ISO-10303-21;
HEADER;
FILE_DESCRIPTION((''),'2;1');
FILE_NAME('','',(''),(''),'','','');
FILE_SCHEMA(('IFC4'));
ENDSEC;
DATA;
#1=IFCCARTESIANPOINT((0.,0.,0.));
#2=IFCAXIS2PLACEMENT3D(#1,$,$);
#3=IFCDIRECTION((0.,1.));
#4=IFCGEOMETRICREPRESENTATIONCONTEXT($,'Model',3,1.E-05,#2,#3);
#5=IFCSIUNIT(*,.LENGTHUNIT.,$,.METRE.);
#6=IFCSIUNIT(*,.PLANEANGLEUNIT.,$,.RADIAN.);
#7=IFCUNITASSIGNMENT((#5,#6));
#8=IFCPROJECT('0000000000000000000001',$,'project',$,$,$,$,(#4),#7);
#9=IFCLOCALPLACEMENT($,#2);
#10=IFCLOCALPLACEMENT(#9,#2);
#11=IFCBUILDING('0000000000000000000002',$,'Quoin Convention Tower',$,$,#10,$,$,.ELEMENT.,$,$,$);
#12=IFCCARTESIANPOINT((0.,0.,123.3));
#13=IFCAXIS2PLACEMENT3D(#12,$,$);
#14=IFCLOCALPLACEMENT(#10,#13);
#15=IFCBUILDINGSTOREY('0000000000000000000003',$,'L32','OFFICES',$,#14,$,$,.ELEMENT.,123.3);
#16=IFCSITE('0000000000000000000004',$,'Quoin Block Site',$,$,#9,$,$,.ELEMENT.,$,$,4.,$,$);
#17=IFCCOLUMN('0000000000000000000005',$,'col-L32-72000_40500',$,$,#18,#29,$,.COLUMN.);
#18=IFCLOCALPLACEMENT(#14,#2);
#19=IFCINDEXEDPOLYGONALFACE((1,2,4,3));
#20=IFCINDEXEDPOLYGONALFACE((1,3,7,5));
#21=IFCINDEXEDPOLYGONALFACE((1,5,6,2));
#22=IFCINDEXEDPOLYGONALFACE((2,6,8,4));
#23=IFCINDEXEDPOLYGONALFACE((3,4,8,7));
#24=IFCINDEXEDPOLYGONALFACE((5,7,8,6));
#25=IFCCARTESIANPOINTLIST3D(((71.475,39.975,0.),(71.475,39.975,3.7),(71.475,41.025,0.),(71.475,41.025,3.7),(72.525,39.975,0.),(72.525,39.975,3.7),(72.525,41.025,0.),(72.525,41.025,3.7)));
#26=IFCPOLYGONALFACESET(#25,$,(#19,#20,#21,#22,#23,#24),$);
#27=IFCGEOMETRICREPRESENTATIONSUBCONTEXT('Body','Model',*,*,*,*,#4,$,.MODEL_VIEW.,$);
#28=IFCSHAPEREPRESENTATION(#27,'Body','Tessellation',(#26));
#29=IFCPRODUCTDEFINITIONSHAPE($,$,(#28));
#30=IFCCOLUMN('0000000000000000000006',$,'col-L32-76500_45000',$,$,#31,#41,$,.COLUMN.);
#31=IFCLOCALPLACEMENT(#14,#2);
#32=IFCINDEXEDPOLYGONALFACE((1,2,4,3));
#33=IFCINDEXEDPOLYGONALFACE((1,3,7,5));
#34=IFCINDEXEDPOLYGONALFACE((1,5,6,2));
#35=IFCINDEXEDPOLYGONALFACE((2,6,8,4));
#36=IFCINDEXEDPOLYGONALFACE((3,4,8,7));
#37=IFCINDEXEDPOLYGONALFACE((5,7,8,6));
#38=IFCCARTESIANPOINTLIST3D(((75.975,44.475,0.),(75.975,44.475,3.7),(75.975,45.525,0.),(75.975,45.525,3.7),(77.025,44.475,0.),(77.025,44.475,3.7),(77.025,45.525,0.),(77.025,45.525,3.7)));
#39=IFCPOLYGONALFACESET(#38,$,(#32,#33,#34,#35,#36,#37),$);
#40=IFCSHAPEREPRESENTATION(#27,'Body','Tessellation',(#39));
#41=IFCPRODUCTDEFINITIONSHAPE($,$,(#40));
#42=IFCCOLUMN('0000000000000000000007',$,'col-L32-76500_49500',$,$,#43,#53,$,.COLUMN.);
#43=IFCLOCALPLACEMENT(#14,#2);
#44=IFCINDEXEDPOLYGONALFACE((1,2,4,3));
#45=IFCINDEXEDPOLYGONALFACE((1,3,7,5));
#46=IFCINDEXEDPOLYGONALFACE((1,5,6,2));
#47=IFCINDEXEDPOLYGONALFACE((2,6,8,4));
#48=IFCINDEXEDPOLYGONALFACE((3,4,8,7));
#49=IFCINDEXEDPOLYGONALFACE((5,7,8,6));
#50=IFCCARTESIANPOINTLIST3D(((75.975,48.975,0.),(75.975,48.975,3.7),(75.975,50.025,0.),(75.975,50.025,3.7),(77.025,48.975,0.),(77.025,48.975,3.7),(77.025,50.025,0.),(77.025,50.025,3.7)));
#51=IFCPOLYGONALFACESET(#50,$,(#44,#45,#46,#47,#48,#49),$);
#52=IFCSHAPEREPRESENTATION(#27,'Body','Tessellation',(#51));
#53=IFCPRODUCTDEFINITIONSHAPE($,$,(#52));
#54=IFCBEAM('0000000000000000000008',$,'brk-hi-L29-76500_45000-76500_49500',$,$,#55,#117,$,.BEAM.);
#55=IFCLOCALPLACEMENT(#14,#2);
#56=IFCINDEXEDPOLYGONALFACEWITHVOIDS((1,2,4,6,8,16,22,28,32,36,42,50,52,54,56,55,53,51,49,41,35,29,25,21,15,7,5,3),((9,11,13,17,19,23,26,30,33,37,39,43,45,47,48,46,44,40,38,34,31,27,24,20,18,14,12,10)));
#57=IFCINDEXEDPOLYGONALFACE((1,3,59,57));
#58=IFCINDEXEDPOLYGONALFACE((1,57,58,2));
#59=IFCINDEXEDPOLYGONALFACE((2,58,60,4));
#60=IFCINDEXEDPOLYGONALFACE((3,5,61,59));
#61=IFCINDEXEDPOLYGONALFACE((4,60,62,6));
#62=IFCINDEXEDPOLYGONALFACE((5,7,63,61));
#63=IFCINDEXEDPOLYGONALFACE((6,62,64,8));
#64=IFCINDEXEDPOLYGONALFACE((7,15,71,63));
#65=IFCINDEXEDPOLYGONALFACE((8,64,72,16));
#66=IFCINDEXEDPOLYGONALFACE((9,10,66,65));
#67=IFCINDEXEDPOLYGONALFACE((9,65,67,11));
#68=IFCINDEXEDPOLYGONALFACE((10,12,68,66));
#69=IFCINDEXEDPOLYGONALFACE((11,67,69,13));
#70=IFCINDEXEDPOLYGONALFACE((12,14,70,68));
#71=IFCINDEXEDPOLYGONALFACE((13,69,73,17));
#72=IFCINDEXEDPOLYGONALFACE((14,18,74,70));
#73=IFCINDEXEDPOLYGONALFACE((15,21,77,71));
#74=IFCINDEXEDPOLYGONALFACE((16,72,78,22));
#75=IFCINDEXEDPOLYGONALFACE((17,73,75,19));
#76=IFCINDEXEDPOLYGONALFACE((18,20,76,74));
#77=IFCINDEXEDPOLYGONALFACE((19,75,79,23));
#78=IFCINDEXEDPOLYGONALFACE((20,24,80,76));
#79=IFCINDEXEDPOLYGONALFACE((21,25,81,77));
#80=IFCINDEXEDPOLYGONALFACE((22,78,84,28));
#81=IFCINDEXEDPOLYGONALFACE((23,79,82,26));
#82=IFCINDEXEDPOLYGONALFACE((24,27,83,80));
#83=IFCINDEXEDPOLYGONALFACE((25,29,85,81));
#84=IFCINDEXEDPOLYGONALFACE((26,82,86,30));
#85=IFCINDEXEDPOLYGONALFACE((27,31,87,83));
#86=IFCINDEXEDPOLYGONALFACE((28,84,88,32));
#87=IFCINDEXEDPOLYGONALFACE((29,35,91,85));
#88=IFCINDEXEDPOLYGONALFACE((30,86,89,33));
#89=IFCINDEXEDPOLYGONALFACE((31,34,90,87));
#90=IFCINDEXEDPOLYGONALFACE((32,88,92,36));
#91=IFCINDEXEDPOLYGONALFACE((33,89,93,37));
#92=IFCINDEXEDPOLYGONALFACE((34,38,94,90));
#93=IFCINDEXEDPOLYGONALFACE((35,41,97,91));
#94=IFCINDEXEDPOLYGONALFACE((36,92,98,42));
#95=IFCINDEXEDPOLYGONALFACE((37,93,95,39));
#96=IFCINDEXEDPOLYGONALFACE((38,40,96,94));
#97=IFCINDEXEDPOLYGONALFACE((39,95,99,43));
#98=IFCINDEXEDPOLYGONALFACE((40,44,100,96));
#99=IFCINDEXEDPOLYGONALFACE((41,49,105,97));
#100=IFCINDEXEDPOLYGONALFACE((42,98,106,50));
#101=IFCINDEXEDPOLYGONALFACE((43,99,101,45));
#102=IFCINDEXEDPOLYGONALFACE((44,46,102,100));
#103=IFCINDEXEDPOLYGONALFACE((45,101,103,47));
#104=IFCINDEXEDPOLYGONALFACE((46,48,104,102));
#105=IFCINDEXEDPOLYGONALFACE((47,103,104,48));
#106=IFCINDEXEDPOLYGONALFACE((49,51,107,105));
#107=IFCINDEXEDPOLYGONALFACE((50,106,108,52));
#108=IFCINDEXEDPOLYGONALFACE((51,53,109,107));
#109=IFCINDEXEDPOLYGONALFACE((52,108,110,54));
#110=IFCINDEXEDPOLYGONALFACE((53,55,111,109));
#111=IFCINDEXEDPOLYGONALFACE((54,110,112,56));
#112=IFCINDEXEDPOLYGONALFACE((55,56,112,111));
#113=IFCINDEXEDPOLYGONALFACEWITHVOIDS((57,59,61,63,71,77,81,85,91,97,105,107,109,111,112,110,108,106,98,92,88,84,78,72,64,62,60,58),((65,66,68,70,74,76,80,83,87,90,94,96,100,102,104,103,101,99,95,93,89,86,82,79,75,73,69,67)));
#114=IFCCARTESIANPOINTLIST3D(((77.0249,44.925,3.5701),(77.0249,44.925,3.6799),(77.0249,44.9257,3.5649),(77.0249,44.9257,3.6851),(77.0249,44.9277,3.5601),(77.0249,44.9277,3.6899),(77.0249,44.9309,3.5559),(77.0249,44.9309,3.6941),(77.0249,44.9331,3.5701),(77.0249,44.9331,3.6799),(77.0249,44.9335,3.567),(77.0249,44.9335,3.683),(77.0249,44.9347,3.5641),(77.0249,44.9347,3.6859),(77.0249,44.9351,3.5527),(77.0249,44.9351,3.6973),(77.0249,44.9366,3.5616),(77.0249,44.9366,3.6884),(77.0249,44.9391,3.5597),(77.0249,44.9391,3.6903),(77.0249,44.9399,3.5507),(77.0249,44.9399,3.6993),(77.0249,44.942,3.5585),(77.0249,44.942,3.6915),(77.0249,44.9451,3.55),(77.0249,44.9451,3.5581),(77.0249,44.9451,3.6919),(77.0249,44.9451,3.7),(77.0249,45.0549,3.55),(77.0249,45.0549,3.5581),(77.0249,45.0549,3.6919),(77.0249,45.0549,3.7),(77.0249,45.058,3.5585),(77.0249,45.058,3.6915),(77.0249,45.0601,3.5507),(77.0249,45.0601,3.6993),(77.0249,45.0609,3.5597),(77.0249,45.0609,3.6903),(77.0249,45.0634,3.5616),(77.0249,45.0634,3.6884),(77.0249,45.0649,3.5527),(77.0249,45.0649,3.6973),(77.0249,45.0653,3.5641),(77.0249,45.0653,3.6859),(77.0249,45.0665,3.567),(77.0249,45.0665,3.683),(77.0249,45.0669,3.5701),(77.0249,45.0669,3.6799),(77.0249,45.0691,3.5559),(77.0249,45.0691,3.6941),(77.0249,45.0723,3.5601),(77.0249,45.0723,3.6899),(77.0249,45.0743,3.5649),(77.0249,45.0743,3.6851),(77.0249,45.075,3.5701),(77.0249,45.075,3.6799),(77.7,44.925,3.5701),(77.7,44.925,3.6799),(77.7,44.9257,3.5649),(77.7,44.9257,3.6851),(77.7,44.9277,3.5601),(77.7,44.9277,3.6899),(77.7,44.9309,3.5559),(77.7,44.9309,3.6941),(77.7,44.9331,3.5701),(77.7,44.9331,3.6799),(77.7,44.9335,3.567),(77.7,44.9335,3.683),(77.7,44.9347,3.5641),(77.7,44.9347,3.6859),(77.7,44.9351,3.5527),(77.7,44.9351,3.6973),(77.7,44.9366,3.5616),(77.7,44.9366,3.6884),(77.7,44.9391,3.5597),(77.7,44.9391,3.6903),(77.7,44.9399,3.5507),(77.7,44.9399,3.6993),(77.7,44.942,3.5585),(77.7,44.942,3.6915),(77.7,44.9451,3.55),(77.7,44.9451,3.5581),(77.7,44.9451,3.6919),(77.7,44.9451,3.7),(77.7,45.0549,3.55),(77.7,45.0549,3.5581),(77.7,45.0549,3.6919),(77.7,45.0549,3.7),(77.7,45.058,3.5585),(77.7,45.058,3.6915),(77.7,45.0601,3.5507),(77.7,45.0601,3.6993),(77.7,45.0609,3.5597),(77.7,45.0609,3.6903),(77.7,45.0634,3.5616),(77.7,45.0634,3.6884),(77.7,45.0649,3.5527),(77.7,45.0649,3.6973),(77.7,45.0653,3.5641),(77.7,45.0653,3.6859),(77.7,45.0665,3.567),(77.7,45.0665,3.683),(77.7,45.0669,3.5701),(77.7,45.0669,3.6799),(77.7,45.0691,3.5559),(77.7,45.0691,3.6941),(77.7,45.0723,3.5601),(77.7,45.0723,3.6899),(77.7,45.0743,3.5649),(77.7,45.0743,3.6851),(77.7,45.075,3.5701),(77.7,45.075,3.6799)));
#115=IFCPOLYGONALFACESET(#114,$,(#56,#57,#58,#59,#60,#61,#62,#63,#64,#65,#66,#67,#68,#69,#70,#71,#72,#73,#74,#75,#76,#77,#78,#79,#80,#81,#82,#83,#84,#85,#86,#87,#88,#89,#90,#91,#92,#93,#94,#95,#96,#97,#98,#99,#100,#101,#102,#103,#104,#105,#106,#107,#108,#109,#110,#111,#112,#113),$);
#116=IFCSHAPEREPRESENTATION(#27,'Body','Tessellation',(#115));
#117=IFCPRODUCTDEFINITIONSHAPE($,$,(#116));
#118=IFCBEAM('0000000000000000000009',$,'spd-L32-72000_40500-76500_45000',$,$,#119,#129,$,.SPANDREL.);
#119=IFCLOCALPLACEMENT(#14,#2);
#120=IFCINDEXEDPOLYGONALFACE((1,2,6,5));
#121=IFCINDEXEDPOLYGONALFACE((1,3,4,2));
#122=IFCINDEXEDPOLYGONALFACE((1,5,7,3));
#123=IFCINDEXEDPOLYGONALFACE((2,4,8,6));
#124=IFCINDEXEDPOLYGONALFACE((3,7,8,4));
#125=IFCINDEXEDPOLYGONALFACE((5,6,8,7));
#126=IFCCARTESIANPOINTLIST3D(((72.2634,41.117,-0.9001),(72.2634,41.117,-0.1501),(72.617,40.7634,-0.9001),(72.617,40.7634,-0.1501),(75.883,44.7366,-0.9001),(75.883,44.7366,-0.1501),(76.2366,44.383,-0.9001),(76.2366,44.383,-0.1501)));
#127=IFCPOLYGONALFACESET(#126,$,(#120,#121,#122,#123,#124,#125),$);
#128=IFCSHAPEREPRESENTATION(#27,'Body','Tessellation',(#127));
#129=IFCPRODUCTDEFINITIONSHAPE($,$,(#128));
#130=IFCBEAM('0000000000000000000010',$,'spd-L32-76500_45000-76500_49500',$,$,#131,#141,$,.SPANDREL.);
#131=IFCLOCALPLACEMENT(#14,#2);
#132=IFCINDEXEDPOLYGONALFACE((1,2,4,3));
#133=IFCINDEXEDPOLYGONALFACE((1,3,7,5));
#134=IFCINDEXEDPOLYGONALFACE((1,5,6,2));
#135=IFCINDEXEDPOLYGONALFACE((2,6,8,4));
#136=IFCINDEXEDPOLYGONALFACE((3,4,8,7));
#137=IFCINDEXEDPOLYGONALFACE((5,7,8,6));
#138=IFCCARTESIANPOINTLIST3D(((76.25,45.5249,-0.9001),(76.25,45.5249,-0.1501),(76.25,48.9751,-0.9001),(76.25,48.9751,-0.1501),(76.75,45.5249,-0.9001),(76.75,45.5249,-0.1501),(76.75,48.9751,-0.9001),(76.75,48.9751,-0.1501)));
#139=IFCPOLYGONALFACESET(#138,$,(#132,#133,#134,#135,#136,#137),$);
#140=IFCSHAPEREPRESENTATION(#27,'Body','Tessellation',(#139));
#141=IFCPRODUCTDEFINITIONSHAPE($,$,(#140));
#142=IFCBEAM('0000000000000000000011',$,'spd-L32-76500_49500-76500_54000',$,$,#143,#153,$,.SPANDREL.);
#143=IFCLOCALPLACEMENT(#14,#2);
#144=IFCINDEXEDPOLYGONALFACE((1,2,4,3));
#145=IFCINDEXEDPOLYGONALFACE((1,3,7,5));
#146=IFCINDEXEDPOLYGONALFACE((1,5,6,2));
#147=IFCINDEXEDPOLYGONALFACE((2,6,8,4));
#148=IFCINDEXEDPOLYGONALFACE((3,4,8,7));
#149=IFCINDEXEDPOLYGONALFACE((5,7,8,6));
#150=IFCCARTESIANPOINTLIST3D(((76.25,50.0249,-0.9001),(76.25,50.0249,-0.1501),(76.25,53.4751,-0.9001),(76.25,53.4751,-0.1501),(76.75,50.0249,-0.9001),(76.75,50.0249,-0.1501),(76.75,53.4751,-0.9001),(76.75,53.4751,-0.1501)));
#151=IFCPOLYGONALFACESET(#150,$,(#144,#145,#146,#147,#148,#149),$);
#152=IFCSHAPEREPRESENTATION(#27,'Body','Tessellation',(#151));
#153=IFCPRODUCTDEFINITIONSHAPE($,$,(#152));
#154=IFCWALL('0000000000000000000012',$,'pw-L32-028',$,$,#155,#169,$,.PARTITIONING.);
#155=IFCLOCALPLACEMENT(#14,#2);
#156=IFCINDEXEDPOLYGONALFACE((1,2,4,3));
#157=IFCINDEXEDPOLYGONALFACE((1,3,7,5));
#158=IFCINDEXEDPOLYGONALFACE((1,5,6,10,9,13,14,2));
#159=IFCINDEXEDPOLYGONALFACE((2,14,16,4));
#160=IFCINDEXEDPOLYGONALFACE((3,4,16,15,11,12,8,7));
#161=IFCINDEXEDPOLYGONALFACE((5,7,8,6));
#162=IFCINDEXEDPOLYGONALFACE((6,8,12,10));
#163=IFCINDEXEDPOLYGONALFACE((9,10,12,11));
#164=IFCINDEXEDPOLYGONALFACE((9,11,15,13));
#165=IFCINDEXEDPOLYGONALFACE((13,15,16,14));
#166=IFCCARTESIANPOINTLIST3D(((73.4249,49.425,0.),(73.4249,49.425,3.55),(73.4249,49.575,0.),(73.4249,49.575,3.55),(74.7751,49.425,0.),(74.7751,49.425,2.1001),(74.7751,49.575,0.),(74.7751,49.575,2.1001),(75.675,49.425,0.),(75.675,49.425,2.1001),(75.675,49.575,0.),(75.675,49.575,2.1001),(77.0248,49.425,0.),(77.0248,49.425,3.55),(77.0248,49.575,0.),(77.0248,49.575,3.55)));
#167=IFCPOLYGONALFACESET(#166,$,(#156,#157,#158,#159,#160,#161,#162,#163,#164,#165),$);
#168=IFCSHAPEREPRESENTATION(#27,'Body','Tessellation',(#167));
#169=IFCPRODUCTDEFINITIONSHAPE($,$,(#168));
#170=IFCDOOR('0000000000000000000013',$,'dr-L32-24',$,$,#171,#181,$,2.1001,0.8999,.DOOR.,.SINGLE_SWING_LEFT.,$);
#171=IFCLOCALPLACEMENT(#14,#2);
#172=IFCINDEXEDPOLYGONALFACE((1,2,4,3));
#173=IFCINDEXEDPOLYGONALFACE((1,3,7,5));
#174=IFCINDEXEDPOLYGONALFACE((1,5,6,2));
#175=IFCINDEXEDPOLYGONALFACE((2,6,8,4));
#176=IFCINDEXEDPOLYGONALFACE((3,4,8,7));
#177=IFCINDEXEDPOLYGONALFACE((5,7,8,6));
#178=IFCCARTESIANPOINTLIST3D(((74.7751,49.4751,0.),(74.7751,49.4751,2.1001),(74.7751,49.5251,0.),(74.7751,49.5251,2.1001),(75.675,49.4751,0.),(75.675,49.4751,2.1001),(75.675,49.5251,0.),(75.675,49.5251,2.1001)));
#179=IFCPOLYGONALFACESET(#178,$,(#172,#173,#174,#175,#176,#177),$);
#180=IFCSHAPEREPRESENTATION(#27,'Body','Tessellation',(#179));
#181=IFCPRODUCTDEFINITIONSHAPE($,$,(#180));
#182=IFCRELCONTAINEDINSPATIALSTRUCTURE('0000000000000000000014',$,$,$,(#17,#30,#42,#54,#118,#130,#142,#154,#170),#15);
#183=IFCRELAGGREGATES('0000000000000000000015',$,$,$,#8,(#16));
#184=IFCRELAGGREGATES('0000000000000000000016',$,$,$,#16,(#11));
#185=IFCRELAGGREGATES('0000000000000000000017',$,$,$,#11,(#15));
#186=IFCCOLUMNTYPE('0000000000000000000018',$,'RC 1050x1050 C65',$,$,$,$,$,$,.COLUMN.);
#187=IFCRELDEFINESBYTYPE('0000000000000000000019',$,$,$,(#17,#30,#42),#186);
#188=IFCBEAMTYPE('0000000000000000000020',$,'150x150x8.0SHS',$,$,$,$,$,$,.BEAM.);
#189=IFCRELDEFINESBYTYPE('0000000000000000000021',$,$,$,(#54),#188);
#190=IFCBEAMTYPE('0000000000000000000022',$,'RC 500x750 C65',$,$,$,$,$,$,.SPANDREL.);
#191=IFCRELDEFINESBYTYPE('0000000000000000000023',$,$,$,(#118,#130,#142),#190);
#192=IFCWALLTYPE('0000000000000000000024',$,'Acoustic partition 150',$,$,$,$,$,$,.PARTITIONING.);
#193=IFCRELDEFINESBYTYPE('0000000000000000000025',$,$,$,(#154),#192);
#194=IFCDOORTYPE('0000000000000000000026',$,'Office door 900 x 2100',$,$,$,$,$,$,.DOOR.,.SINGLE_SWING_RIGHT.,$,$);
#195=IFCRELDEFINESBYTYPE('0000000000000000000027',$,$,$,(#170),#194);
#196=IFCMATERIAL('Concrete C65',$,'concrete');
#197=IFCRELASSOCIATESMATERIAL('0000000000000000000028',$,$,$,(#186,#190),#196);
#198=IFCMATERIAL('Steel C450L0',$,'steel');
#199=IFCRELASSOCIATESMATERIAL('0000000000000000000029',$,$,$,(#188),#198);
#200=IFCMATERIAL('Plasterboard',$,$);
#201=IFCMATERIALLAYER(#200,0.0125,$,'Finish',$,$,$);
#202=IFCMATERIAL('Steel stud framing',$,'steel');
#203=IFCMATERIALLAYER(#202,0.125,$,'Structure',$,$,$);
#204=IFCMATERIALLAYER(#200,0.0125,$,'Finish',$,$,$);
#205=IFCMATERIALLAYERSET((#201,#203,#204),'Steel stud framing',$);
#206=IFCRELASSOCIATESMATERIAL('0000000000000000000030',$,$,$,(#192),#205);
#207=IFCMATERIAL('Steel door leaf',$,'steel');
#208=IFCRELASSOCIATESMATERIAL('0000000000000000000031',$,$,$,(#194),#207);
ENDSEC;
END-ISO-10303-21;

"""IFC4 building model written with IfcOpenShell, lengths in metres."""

from ifc_helpers import new_model, si_unit, direction, frame, frame_2d, origin, origin_2d, place, context, subcontext, project, spatial, rectangle, hollow_rectangle, extrude, material, layer, layer_set, material_profile, profile_set, type_object, element, fill, save


model = new_model("IFC4")

# Units and contexts
model_context = context("Model", 3, precision=1e-05, world=origin(), true_north=direction((0.0, 1.0)))
body_context = subcontext(model_context, "Body", "Model", "MODEL_VIEW")
ifc_project = project(units=[si_unit("LENGTHUNIT", "METRE"), si_unit("PLANEANGLEUNIT", "RADIAN")], contexts=[model_context])

# Site, building, storey
site_placement = place(None, origin())
site = spatial("IfcSite", under=ifc_project, at=site_placement, Name="Quoin Block Site", CompositionType="ELEMENT", RefElevation=4.0)
building_placement = place(site_placement, origin())
building = spatial("IfcBuilding", under=site, at=building_placement, Name="Quoin Convention Tower", CompositionType="ELEMENT")
storey_placement = place(building_placement, frame((0.0, 0.0, 123.3)))
storey = spatial("IfcBuildingStorey", under=building, at=storey_placement, Name="L32", Description="OFFICES", CompositionType="ELEMENT", Elevation=123.3)

# Columns
ifc_material_1 = material(Name="Concrete C65", Category="concrete")
ifc_material_profile_1 = material_profile(ifc_material_1, rectangle(XDim=1.05, YDim=1.05, at=origin_2d()), Name="RC 1050x1050")
ifc_profile_set_1 = profile_set([ifc_material_profile_1], Name="Concrete C65")
column_type = type_object("IfcColumnType", Name="RC 1050x1050 C65", PredefinedType="COLUMN", material=ifc_profile_set_1)
for number, where, z_axis, x_axis, name in (
    (1, (72.0, 40.5, 0.0), (0.0, 0.0, 1.0), (1.0, 0.0, 0.0), "col-L32-72000_40500"),
    (2, (76.5, 45.0, 0.0), (0.0, 0.0, 1.0), (1.0, 0.0, 0.0), "col-L32-76500_45000"),
    (3, (76.5, 49.5, 0.0), (0.0, 0.0, 1.0), (1.0, 0.0, 0.0), "col-L32-76500_49500"),
):
    element("IfcColumn", number, at=place(storey_placement, frame(where, z_axis=z_axis, x_axis=x_axis)), inside=storey, type_object=column_type, Name=name, PredefinedType="COLUMN", context=body_context, shape_type="SweptSolid", body=[
        extrude(rectangle(XDim=1.05, YDim=1.05, at=origin_2d()), origin(), (0.0, 0.0, 1.0), 3.7),
    ])

# Beams
ifc_material_2 = material(Name="Steel C450L0", Category="steel")
ifc_material_profile_2 = material_profile(ifc_material_2, hollow_rectangle(XDim=0.1499, YDim=0.1499, WallThickness=0.0081, InnerFilletRadius=0.012, OuterFilletRadius=0.02, at=origin_2d()), Name="150x150x8.0SHS")
ifc_profile_set_2 = profile_set([ifc_material_profile_2], Name="Steel C450L0")
beam_type_1 = type_object("IfcBeamType", Name="150x150x8.0SHS", PredefinedType="BEAM", material=ifc_profile_set_2)
beam_1_placement = place(storey_placement, frame((77.0249, 45.0, 3.625), z_axis=(1.0, 0.0, 0.0), x_axis=(0.0, 1.0, 0.0)))
element("IfcBeam", 4, at=beam_1_placement, inside=storey, type_object=beam_type_1, Name="brk-hi-L29-76500_45000-76500_49500", PredefinedType="BEAM", context=body_context, shape_type="SweptSolid", body=[
    extrude(hollow_rectangle(XDim=0.1499, YDim=0.1499, WallThickness=0.0081, InnerFilletRadius=0.012, OuterFilletRadius=0.02, at=origin_2d()), origin(), (0.0, 0.0, 1.0), 0.675),
])
ifc_material_profile_3 = material_profile(ifc_material_1, rectangle(XDim=0.5, YDim=0.75, at=origin_2d()), Name="RC 500x750")
ifc_profile_set_3 = profile_set([ifc_material_profile_3], Name="Concrete C65")
beam_type_2 = type_object("IfcBeamType", Name="RC 500x750 C65", PredefinedType="SPANDREL", material=ifc_profile_set_3)
beam_2_placement = place(storey_placement, frame((72.4402, 40.9402, -0.5251), z_axis=(0.707107, 0.707107, 0.0), x_axis=(-0.707107, 0.707107, 0.0)))
element("IfcBeam", 5, at=beam_2_placement, inside=storey, type_object=beam_type_2, Name="spd-L32-72000_40500-76500_45000", PredefinedType="SPANDREL", context=body_context, shape_type="SweptSolid", body=[
    extrude(rectangle(XDim=0.5, YDim=0.75, at=origin_2d()), origin(), (0.0, 0.0, 1.0), 5.1189),
])
for number, where, z_axis, x_axis, name in (
    (6, (76.5, 45.5249, -0.5251), (0.0, 1.0, 0.0), (-1.0, 0.0, 0.0), "spd-L32-76500_45000-76500_49500"),
    (7, (76.5, 50.0249, -0.5251), (0.0, 1.0, 0.0), (-1.0, 0.0, 0.0), "spd-L32-76500_49500-76500_54000"),
):
    element("IfcBeam", number, at=place(storey_placement, frame(where, z_axis=z_axis, x_axis=x_axis)), inside=storey, type_object=beam_type_2, Name=name, PredefinedType="SPANDREL", context=body_context, shape_type="SweptSolid", body=[
        extrude(rectangle(XDim=0.5, YDim=0.75, at=origin_2d()), origin(), (0.0, 0.0, 1.0), 3.4502),
    ])

# Wall, opening, door
ifc_material_3 = material(Name="Plasterboard")
ifc_layer_1 = layer(ifc_material_3, 0.0125, Name="Finish")
ifc_material_4 = material(Name="Steel stud framing", Category="steel")
ifc_layer_2 = layer(ifc_material_4, 0.125, Name="Structure")
ifc_layer_3 = layer(ifc_material_3, 0.0125, Name="Finish")
ifc_layer_set_1 = layer_set([ifc_layer_1, ifc_layer_2, ifc_layer_3], Name="Steel stud framing")
wall_type_1 = type_object("IfcWallType", Name="Acoustic partition 150", PredefinedType="PARTITIONING", material=ifc_layer_set_1)
wall_1_placement = place(storey_placement, frame((73.425, 49.5, 0.0), z_axis=(0.0, 0.0, 1.0), x_axis=(1.0, 0.0, 0.0)))
wall_1 = element("IfcWall", 8, at=wall_1_placement, inside=storey, type_object=wall_type_1, Name="pw-L32-028", PredefinedType="PARTITIONING", context=body_context, shape_type="SweptSolid", body=[
    extrude(rectangle(XDim=3.5999, YDim=0.1499, at=frame_2d((1.7998, 0.0))), origin(), (0.0, 0.0, 1.0), 3.55),
])
opening_1_placement = place(wall_1_placement, frame((1.3501, 0.0, 0.0)))
opening_1 = element("IfcOpeningElement", 9, at=opening_1_placement, cuts=wall_1, PredefinedType="OPENING", context=body_context, shape_type="SweptSolid", body=[
    extrude(rectangle(XDim=0.8999, YDim=2.1001, at=frame_2d((0.45, 1.05))), frame((0.0, 0.085, 0.0), z_axis=(0.0, -1.0, 0.0), x_axis=(1.0, 0.0, 0.0)), (0.0, 0.0, 1.0), 0.1699),
])
ifc_material_5 = material(Name="Steel door leaf", Category="steel")
door_type_1 = type_object("IfcDoorType", Name="Office door 900 x 2100", OperationType="SINGLE_SWING_RIGHT", PredefinedType="DOOR", material=ifc_material_5)
door_1_placement = place(opening_1_placement, frame((0.8999, 0.0, 0.0), z_axis=(0.0, 0.0, 1.0), x_axis=(-1.0, 0.0, 0.0)))
door_1 = element("IfcDoor", 10, at=door_1_placement, inside=storey, type_object=door_type_1, Name="dr-L32-24", OperationType="SINGLE_SWING_LEFT", OverallHeight=2.1001, OverallWidth=0.8999, PredefinedType="DOOR", context=body_context, shape_type="SweptSolid", body=[
    extrude(rectangle(XDim=0.8999, YDim=2.1001, at=frame_2d((0.45, 1.05))), frame((0.0, 0.0249, 0.0), z_axis=(0.0, -1.0, 0.0), x_axis=(1.0, 0.0, 0.0)), (0.0, 0.0, 1.0), 0.05),
])
fill(opening_1, door_1)

save(model, "model.ifc")
